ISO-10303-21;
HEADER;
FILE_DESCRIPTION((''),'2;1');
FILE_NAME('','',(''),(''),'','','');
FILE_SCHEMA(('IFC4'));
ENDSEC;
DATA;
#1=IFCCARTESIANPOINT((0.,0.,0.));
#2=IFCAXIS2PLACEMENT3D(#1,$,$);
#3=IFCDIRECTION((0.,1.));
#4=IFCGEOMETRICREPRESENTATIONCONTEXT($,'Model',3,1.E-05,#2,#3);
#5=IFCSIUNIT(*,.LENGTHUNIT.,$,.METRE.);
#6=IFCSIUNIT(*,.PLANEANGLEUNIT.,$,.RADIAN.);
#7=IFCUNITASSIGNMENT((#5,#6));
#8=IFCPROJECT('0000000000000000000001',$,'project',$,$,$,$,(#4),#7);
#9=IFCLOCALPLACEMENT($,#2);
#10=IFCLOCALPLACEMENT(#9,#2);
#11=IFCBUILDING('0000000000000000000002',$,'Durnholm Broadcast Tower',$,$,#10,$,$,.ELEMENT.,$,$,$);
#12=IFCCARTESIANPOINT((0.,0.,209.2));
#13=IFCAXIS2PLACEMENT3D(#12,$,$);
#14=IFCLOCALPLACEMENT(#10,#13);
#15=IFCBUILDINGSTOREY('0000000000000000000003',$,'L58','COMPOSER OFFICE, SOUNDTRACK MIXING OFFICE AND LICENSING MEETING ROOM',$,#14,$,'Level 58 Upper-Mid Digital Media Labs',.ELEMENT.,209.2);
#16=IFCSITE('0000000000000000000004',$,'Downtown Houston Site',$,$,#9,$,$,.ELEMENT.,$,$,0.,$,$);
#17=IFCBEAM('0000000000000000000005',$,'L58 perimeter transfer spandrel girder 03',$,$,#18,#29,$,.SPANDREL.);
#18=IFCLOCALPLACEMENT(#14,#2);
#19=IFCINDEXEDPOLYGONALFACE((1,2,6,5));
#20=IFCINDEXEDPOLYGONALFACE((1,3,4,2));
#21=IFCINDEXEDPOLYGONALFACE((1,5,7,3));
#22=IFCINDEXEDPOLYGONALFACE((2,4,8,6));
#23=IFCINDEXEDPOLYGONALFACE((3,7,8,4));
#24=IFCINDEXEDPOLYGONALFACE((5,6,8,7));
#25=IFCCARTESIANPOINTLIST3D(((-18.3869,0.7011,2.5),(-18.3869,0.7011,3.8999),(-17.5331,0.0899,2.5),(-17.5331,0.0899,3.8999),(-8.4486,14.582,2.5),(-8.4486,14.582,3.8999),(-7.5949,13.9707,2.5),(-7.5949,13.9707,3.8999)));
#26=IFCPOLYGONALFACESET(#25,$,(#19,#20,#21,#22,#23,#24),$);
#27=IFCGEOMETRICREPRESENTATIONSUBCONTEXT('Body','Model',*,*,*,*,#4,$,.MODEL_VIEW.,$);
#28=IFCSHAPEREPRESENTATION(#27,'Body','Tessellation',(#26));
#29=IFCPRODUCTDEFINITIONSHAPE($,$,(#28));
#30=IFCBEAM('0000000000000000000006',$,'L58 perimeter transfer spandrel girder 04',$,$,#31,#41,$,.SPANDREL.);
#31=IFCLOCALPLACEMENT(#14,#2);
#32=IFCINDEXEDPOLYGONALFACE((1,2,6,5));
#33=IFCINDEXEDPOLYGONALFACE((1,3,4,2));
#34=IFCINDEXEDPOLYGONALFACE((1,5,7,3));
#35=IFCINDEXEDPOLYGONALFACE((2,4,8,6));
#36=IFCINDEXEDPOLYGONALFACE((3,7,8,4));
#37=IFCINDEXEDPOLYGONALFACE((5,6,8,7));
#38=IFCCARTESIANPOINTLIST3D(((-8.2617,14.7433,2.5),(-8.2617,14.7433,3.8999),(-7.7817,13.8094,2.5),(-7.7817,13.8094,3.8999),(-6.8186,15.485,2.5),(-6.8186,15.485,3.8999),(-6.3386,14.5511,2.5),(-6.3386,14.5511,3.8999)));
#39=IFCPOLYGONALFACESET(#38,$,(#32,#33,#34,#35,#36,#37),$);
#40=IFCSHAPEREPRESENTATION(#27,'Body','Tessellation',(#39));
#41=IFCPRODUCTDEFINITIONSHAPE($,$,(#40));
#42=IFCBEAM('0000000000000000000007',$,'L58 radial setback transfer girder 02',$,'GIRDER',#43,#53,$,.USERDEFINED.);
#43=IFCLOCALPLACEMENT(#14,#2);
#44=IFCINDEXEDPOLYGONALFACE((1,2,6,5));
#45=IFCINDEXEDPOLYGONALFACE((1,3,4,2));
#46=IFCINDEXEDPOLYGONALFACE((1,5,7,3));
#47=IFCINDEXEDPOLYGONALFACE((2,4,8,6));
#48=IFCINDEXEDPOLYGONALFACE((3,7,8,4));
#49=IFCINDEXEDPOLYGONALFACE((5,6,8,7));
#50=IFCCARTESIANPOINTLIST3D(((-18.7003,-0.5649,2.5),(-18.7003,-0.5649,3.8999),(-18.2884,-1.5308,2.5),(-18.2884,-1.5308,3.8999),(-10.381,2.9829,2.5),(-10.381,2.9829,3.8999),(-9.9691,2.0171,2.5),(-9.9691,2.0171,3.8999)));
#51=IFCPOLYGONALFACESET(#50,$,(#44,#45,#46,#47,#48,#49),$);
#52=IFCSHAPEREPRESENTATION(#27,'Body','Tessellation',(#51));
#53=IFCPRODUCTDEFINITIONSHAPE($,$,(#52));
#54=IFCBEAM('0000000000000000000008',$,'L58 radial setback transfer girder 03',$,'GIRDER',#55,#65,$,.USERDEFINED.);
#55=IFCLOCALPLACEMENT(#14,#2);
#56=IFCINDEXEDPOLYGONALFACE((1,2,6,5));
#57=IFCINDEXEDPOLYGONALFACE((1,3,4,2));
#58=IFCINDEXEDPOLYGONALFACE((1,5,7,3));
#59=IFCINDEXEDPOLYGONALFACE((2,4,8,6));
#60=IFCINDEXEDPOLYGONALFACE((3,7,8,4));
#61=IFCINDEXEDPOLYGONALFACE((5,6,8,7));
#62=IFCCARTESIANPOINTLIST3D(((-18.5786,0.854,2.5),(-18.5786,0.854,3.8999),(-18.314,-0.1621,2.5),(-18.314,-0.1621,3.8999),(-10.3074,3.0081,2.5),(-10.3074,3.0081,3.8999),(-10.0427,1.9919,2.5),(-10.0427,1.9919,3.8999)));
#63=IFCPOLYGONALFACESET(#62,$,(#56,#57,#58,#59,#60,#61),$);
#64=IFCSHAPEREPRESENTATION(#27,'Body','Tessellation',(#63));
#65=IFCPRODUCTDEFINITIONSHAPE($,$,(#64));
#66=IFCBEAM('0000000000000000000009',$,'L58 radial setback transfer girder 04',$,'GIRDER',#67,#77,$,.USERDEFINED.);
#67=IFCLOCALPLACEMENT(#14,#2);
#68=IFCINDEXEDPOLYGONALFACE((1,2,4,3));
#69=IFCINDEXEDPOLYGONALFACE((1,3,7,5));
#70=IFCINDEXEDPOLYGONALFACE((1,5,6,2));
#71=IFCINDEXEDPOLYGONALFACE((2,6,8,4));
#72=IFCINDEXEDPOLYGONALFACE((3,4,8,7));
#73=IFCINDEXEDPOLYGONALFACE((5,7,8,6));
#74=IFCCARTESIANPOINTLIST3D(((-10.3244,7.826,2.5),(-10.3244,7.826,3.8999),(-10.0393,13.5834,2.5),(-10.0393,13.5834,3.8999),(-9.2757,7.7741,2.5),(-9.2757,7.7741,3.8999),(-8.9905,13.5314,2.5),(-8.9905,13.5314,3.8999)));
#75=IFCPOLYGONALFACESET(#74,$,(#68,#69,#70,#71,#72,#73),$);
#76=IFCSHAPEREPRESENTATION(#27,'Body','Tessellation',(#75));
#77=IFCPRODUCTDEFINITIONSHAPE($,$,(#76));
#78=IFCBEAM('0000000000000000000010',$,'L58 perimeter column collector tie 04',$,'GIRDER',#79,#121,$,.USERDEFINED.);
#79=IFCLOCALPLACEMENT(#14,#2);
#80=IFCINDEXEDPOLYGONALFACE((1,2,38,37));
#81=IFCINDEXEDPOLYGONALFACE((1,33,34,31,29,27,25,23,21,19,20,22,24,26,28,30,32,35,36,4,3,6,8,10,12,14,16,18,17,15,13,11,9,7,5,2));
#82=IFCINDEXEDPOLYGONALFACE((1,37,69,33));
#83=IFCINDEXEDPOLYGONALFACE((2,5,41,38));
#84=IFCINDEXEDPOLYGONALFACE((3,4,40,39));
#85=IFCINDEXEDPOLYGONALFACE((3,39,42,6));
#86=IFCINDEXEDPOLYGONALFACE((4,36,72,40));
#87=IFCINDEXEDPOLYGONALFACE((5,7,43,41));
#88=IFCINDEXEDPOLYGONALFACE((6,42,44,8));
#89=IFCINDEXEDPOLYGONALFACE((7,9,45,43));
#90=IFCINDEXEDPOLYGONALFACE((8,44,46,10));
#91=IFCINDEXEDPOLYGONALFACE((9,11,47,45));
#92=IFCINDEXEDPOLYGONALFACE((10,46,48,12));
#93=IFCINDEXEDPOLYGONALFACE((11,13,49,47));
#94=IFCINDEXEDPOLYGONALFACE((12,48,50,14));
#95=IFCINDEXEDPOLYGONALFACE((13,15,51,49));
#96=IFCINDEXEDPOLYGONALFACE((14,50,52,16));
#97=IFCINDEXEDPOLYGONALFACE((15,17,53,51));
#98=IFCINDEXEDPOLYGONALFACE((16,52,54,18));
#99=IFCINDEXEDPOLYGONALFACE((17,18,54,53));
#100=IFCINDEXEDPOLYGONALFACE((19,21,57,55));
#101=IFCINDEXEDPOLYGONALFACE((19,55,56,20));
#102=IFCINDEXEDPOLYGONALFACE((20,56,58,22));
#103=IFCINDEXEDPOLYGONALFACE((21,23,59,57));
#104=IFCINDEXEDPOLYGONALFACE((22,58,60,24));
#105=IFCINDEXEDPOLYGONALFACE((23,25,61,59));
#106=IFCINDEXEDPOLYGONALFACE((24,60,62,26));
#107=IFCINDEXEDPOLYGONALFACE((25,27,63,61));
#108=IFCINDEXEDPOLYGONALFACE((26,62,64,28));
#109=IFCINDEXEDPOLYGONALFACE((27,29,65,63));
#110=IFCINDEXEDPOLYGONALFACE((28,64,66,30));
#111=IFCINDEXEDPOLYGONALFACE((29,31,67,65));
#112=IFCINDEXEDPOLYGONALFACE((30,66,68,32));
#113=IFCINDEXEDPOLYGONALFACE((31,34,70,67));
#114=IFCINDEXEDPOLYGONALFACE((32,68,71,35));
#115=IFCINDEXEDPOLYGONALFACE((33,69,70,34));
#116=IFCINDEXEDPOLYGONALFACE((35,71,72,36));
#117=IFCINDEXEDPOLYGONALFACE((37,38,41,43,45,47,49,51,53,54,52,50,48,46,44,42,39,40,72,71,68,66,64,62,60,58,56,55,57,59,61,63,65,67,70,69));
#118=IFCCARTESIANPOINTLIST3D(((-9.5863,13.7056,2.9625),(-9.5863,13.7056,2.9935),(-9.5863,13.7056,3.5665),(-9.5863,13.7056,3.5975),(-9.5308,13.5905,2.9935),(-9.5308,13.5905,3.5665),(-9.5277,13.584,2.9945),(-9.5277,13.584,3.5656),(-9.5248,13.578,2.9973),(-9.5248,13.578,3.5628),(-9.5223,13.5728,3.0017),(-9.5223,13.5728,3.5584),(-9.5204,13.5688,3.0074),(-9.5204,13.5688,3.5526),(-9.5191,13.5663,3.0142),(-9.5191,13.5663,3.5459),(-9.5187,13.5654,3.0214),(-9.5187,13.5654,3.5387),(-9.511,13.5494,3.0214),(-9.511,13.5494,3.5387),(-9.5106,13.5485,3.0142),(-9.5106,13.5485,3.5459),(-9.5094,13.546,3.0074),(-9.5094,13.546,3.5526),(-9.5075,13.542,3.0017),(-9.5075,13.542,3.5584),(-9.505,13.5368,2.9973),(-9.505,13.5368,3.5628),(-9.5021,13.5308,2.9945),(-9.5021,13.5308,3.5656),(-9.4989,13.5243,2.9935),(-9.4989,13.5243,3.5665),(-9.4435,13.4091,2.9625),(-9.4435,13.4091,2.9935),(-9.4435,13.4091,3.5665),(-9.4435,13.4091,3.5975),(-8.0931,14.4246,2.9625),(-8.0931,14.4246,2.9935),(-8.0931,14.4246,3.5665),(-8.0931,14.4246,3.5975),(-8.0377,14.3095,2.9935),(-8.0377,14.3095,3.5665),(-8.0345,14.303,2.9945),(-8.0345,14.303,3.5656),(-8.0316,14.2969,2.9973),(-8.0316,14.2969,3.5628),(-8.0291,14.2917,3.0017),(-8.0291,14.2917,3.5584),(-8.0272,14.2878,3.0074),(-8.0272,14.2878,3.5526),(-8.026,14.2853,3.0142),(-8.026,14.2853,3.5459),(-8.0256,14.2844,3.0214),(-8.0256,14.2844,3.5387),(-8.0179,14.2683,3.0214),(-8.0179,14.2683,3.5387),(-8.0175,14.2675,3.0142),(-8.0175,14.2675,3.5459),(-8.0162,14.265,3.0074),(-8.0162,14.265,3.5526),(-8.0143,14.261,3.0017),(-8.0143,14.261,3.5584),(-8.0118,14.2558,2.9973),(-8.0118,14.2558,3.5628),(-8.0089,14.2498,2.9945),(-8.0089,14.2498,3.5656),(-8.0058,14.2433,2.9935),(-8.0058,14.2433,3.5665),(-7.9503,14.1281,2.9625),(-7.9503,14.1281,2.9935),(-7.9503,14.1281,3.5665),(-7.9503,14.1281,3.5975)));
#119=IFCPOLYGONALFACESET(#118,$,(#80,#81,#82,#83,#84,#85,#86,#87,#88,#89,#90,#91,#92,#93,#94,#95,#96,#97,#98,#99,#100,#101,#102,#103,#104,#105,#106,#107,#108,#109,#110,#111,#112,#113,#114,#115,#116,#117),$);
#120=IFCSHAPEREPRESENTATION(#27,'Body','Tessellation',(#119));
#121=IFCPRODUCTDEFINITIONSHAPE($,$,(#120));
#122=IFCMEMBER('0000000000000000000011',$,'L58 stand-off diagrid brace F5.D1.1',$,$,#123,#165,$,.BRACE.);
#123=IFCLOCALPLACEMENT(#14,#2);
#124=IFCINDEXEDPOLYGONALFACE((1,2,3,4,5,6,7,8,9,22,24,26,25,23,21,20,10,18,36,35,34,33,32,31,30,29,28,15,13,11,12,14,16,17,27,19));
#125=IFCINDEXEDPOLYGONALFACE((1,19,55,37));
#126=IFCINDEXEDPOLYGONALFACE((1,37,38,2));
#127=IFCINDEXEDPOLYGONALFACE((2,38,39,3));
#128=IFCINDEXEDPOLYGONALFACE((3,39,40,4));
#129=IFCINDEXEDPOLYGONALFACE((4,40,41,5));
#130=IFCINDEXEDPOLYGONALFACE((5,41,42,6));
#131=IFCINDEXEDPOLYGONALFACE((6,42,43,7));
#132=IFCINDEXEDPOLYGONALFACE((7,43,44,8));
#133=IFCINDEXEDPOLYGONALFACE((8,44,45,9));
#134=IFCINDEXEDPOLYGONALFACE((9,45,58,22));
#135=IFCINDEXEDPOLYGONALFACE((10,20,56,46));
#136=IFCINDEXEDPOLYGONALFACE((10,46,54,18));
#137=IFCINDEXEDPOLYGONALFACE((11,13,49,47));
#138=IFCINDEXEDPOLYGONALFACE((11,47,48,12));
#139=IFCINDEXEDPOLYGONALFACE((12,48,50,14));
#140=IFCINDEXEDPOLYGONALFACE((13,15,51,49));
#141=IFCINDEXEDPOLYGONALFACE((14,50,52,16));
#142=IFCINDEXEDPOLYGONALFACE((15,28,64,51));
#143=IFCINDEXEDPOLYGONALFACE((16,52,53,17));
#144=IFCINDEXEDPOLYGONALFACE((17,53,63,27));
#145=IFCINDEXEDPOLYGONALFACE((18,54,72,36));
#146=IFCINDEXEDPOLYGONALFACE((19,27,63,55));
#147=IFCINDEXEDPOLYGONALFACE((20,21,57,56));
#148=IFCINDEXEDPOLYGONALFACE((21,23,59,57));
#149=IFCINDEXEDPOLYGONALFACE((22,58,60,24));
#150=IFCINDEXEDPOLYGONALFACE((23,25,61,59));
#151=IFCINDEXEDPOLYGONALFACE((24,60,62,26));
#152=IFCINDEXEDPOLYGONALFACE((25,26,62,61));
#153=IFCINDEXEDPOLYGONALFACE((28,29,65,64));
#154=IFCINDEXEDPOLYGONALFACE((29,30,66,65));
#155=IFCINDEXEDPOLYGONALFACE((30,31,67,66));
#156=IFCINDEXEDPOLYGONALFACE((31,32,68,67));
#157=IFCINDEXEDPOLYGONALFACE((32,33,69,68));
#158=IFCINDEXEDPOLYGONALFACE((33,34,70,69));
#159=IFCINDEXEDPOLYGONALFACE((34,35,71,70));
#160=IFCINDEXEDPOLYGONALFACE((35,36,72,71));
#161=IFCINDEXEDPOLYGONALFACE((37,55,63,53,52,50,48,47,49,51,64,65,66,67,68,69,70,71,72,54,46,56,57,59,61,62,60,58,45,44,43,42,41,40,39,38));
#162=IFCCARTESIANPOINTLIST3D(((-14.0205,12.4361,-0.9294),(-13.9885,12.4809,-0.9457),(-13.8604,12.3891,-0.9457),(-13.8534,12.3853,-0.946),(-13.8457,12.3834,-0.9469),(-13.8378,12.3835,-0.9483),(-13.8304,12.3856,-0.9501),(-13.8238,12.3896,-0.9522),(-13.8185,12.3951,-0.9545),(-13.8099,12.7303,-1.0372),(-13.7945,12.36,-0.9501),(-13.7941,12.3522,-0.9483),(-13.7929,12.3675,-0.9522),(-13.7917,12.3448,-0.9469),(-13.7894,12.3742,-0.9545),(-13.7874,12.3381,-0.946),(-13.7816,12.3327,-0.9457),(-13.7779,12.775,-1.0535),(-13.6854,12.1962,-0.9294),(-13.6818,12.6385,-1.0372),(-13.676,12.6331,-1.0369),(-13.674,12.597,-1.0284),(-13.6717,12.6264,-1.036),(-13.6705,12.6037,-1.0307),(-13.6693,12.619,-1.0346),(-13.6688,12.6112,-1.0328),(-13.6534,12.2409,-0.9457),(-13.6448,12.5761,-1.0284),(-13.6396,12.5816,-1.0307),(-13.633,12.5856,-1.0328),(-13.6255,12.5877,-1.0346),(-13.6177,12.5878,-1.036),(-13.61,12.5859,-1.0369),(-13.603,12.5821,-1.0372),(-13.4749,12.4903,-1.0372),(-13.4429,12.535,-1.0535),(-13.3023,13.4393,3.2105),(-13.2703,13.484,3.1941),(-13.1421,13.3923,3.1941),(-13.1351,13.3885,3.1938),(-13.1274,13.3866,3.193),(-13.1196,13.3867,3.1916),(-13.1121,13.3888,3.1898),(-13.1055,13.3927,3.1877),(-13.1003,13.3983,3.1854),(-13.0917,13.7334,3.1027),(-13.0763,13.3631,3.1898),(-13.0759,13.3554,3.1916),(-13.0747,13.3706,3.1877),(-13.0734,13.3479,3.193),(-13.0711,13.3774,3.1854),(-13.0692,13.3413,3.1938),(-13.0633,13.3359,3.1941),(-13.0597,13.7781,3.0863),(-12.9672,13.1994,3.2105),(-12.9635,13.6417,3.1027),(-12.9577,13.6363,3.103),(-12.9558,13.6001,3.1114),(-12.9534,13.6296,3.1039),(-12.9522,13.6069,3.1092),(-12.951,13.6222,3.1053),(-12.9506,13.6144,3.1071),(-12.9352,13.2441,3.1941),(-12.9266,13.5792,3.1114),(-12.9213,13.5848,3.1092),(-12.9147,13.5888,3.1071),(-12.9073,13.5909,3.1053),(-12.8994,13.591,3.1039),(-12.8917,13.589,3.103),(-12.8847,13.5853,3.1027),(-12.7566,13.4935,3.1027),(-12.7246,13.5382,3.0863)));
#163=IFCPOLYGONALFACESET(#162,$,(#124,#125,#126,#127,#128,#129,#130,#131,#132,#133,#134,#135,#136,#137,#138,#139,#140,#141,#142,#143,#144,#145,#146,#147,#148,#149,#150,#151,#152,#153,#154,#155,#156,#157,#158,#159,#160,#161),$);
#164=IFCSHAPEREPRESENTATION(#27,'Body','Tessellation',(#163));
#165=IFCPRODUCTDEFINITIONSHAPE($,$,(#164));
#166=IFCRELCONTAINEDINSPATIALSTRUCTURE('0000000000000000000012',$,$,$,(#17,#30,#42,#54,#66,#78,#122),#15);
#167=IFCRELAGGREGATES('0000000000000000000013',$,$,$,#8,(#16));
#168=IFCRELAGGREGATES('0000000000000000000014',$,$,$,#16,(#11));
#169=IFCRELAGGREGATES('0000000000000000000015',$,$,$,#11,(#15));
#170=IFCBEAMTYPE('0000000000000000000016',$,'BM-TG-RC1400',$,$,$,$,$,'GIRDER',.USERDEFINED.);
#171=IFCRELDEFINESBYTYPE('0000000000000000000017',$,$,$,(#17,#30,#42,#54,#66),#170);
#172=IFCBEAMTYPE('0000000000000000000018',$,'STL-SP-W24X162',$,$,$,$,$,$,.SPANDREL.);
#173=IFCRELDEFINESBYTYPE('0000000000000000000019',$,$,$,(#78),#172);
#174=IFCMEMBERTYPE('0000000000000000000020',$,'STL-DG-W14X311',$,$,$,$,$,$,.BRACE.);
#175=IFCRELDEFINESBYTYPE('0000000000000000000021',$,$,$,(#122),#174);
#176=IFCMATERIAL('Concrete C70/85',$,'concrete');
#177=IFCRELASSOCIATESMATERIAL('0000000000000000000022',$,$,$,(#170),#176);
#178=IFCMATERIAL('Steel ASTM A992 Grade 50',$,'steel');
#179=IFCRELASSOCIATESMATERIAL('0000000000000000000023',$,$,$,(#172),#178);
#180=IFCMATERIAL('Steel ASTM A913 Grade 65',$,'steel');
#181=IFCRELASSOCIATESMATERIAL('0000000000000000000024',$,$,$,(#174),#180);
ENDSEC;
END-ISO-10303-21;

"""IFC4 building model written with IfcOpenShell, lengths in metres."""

from ifc_helpers import new_model, si_unit, direction, frame, origin, origin_2d, place, context, subcontext, project, spatial, rectangle, i_section, extrude, source, transform, mapped, material, material_profile, profile_set, type_object, type_shapes, element, save


model = new_model("IFC4")

# Units and contexts
model_context = context("Model", 3, precision=1e-05, world=origin(), true_north=direction((0.0, 1.0)))
body_context = subcontext(model_context, "Body", "Model", "MODEL_VIEW")
ifc_project = project(units=[si_unit("LENGTHUNIT", "METRE"), si_unit("PLANEANGLEUNIT", "RADIAN")], contexts=[model_context])

# Site, building, storey
site_placement = place(None, origin())
site = spatial("IfcSite", under=ifc_project, at=site_placement, Name="Downtown Houston Site", CompositionType="ELEMENT", RefElevation=0.0)
building_placement = place(site_placement, origin())
building = spatial("IfcBuilding", under=site, at=building_placement, Name="Durnholm Broadcast Tower", CompositionType="ELEMENT")
storey_placement = place(building_placement, frame((0.0, 0.0, 209.2)))
storey = spatial("IfcBuildingStorey", under=building, at=storey_placement, Name="L58", Description="COMPOSER OFFICE, SOUNDTRACK MIXING OFFICE AND LICENSING MEETING ROOM", LongName="Level 58 Upper-Mid Digital Media Labs", CompositionType="ELEMENT", Elevation=209.2)

# Shared definitions
ifc_material_1 = material(Name="Concrete C70/85", Category="concrete")

# Beams
ifc_material_2 = material(Name="Steel ASTM A992 Grade 50", Category="steel")
ifc_material_profile_1 = material_profile(ifc_material_1, rectangle(XDim=1.05, YDim=1.3999, at=origin_2d()), Name="RC1050X1400")
ifc_profile_set_1 = profile_set([ifc_material_profile_1], Name="Concrete C70/85")
beam_type_1 = type_object("IfcBeamType", Name="BM-TG-RC1400", ElementType="GIRDER", PredefinedType="USERDEFINED", material=ifc_profile_set_1)
shared_shape_1 = source(origin(), body_context, "Body", "SweptSolid", [
    extrude(rectangle(XDim=1.05, YDim=1.3999, at=origin_2d()), origin(), (0.0, 0.0, 1.0), 17.0718),
])
beam_1_placement = place(storey_placement, frame((-17.96, 0.3955, 3.2), z_axis=(0.582143, 0.813087, 0.0), x_axis=(-0.813087, 0.582143, 0.0)))
element("IfcBeam", 1, at=beam_1_placement, inside=storey, type_object=beam_type_1, Name="L58 perimeter transfer spandrel girder 03", PredefinedType="SPANDREL", context=body_context, shape_type="MappedRepresentation", body=[
    mapped(shared_shape_1, transform((0.0, 0.0, 0.0), x_axis=(1.0, 0.0, 0.0), y_axis=(0.0, 1.0, 0.0), z_axis=(0.0, 0.0, 1.0), scale=1.0)),
])
shared_shape_2 = source(origin(), body_context, "Body", "SweptSolid", [
    extrude(rectangle(XDim=1.05, YDim=1.3999, at=origin_2d()), origin(), (0.0, 0.0, 1.0), 1.6226),
])
beam_2_placement = place(storey_placement, frame((-8.0217, 14.2764, 3.2), z_axis=(0.889407, 0.457117, 0.0), x_axis=(-0.457117, 0.889407, 0.0)))
element("IfcBeam", 2, at=beam_2_placement, inside=storey, type_object=beam_type_1, Name="L58 perimeter transfer spandrel girder 04", PredefinedType="SPANDREL", context=body_context, shape_type="MappedRepresentation", body=[
    mapped(shared_shape_2, transform((0.0, 0.0, 0.0), x_axis=(1.0, 0.0, 0.0), y_axis=(0.0, 1.0, 0.0), z_axis=(0.0, 0.0, 1.0), scale=1.0)),
])
shared_shape_3 = source(origin(), body_context, "Body", "SweptSolid", [
    extrude(rectangle(XDim=1.05, YDim=1.3999, at=origin_2d()), origin(), (0.0, 0.0, 1.0), 9.0442),
])
beam_3_placement = place(storey_placement, frame((-10.175, 2.5, 3.2), z_axis=(-0.919847, -0.392277, 0.0), x_axis=(0.392277, -0.919847, 0.0)))
element("IfcBeam", 3, at=beam_3_placement, inside=storey, type_object=beam_type_1, Name="L58 radial setback transfer girder 02", ObjectType="GIRDER", PredefinedType="USERDEFINED", context=body_context, shape_type="MappedRepresentation", body=[
    mapped(shared_shape_3, transform((0.0, 0.0, 0.0), x_axis=(1.0, 0.0, 0.0), y_axis=(0.0, 1.0, 0.0), z_axis=(0.0, 0.0, 1.0), scale=1.0)),
])
shared_shape_4 = source(origin(), body_context, "Body", "SweptSolid", [
    extrude(rectangle(XDim=1.05, YDim=1.3999, at=origin_2d()), origin(), (0.0, 0.0, 1.0), 8.5471),
])
beam_4_placement = place(storey_placement, frame((-10.175, 2.5, 3.2), z_axis=(-0.967722, -0.252021, 0.0), x_axis=(0.252021, -0.967722, 0.0)))
element("IfcBeam", 4, at=beam_4_placement, inside=storey, type_object=beam_type_1, Name="L58 radial setback transfer girder 03", ObjectType="GIRDER", PredefinedType="USERDEFINED", context=body_context, shape_type="MappedRepresentation", body=[
    mapped(shared_shape_4, transform((0.0, 0.0, 0.0), x_axis=(1.0, 0.0, 0.0), y_axis=(0.0, 1.0, 0.0), z_axis=(0.0, 0.0, 1.0), scale=1.0)),
])
shared_shape_5 = source(origin(), body_context, "Body", "SweptSolid", [
    extrude(rectangle(XDim=1.05, YDim=1.3999, at=origin_2d()), origin(), (0.0, 0.0, 1.0), 5.7644),
])
type_shapes(beam_type_1, [shared_shape_1, shared_shape_2, shared_shape_3, shared_shape_4, shared_shape_5])
beam_5_placement = place(storey_placement, frame((-9.8, 7.8, 3.2), z_axis=(0.049469, 0.998776, 0.0), x_axis=(-0.998776, 0.049469, 0.0)))
element("IfcBeam", 5, at=beam_5_placement, inside=storey, type_object=beam_type_1, Name="L58 radial setback transfer girder 04", ObjectType="GIRDER", PredefinedType="USERDEFINED", context=body_context, shape_type="MappedRepresentation", body=[
    mapped(shared_shape_5, transform((0.0, 0.0, 0.0), x_axis=(1.0, 0.0, 0.0), y_axis=(0.0, 1.0, 0.0), z_axis=(0.0, 0.0, 1.0), scale=1.0)),
])
ifc_material_profile_2 = material_profile(ifc_material_2, i_section(OverallWidth=0.3291, OverallDepth=0.635, WebThickness=0.0178, FlangeThickness=0.031, FilletRadius=0.0278, at=origin_2d()), Name="W24X162")
ifc_profile_set_2 = profile_set([ifc_material_profile_2], Name="Steel ASTM A992 Grade 50")
beam_type_2 = type_object("IfcBeamType", Name="STL-SP-W24X162", PredefinedType="SPANDREL", material=ifc_profile_set_2)
shared_shape_6 = source(origin(), body_context, "Body", "SweptSolid", [
    extrude(i_section(OverallWidth=0.3291, OverallDepth=0.635, WebThickness=0.0178, FlangeThickness=0.031, FilletRadius=0.0278, at=origin_2d()), origin(), (0.0, 0.0, 1.0), 1.6572),
])
type_shapes(beam_type_2, [shared_shape_6])
beam_6_placement = place(storey_placement, frame((-8.0217, 14.2764, 3.28), z_axis=(-0.900987, -0.433847, 0.0), x_axis=(0.433847, -0.900987, 0.0)))
element("IfcBeam", 6, at=beam_6_placement, inside=storey, type_object=beam_type_2, Name="L58 perimeter column collector tie 04", ObjectType="GIRDER", PredefinedType="USERDEFINED", context=body_context, shape_type="MappedRepresentation", body=[
    mapped(shared_shape_6, transform((0.0, 0.0, 0.0), x_axis=(1.0, 0.0, 0.0), y_axis=(0.0, 1.0, 0.0), z_axis=(0.0, 0.0, 1.0), scale=1.0)),
])

# Member
ifc_material_3 = material(Name="Steel ASTM A913 Grade 65", Category="steel")
ifc_material_profile_3 = material_profile(ifc_material_3, i_section(OverallWidth=0.4121, OverallDepth=0.4348, WebThickness=0.0359, FlangeThickness=0.0574, FilletRadius=0.0305, at=origin_2d()), Name="W14X311")
ifc_profile_set_3 = profile_set([ifc_material_profile_3], Name="Steel ASTM A913 Grade 65")
member_type_1 = type_object("IfcMemberType", Name="STL-DG-W14X311", PredefinedType="BRACE", material=ifc_profile_set_3)
shared_shape_7 = source(origin(), body_context, "Body", "SweptSolid", [
    extrude(i_section(OverallWidth=0.4121, OverallDepth=0.4348, WebThickness=0.0359, FlangeThickness=0.0574, FilletRadius=0.0305, at=origin_2d()), origin(), (0.0, 0.0, 1.0), 4.3198),
])
type_shapes(member_type_1, [shared_shape_7])
for number, where, z_axis, x_axis, name in (
    (7, (-13.7317, 12.4856, -0.9915), (0.166271, 0.232225, 0.958345), (-0.813078, 0.582155, 0.0), "L58 stand-off diagrid brace F5.D1.1"),
):
    element("IfcMember", number, at=place(storey_placement, frame(where, z_axis=z_axis, x_axis=x_axis)), inside=storey, type_object=member_type_1, Name=name, PredefinedType="BRACE", context=body_context, shape_type="MappedRepresentation", body=[
        mapped(shared_shape_7, transform((0.0, 0.0, 0.0), x_axis=(1.0, 0.0, 0.0), y_axis=(0.0, 1.0, 0.0), z_axis=(0.0, 0.0, 1.0), scale=1.0)),
    ])

save(model, "model.ifc")
